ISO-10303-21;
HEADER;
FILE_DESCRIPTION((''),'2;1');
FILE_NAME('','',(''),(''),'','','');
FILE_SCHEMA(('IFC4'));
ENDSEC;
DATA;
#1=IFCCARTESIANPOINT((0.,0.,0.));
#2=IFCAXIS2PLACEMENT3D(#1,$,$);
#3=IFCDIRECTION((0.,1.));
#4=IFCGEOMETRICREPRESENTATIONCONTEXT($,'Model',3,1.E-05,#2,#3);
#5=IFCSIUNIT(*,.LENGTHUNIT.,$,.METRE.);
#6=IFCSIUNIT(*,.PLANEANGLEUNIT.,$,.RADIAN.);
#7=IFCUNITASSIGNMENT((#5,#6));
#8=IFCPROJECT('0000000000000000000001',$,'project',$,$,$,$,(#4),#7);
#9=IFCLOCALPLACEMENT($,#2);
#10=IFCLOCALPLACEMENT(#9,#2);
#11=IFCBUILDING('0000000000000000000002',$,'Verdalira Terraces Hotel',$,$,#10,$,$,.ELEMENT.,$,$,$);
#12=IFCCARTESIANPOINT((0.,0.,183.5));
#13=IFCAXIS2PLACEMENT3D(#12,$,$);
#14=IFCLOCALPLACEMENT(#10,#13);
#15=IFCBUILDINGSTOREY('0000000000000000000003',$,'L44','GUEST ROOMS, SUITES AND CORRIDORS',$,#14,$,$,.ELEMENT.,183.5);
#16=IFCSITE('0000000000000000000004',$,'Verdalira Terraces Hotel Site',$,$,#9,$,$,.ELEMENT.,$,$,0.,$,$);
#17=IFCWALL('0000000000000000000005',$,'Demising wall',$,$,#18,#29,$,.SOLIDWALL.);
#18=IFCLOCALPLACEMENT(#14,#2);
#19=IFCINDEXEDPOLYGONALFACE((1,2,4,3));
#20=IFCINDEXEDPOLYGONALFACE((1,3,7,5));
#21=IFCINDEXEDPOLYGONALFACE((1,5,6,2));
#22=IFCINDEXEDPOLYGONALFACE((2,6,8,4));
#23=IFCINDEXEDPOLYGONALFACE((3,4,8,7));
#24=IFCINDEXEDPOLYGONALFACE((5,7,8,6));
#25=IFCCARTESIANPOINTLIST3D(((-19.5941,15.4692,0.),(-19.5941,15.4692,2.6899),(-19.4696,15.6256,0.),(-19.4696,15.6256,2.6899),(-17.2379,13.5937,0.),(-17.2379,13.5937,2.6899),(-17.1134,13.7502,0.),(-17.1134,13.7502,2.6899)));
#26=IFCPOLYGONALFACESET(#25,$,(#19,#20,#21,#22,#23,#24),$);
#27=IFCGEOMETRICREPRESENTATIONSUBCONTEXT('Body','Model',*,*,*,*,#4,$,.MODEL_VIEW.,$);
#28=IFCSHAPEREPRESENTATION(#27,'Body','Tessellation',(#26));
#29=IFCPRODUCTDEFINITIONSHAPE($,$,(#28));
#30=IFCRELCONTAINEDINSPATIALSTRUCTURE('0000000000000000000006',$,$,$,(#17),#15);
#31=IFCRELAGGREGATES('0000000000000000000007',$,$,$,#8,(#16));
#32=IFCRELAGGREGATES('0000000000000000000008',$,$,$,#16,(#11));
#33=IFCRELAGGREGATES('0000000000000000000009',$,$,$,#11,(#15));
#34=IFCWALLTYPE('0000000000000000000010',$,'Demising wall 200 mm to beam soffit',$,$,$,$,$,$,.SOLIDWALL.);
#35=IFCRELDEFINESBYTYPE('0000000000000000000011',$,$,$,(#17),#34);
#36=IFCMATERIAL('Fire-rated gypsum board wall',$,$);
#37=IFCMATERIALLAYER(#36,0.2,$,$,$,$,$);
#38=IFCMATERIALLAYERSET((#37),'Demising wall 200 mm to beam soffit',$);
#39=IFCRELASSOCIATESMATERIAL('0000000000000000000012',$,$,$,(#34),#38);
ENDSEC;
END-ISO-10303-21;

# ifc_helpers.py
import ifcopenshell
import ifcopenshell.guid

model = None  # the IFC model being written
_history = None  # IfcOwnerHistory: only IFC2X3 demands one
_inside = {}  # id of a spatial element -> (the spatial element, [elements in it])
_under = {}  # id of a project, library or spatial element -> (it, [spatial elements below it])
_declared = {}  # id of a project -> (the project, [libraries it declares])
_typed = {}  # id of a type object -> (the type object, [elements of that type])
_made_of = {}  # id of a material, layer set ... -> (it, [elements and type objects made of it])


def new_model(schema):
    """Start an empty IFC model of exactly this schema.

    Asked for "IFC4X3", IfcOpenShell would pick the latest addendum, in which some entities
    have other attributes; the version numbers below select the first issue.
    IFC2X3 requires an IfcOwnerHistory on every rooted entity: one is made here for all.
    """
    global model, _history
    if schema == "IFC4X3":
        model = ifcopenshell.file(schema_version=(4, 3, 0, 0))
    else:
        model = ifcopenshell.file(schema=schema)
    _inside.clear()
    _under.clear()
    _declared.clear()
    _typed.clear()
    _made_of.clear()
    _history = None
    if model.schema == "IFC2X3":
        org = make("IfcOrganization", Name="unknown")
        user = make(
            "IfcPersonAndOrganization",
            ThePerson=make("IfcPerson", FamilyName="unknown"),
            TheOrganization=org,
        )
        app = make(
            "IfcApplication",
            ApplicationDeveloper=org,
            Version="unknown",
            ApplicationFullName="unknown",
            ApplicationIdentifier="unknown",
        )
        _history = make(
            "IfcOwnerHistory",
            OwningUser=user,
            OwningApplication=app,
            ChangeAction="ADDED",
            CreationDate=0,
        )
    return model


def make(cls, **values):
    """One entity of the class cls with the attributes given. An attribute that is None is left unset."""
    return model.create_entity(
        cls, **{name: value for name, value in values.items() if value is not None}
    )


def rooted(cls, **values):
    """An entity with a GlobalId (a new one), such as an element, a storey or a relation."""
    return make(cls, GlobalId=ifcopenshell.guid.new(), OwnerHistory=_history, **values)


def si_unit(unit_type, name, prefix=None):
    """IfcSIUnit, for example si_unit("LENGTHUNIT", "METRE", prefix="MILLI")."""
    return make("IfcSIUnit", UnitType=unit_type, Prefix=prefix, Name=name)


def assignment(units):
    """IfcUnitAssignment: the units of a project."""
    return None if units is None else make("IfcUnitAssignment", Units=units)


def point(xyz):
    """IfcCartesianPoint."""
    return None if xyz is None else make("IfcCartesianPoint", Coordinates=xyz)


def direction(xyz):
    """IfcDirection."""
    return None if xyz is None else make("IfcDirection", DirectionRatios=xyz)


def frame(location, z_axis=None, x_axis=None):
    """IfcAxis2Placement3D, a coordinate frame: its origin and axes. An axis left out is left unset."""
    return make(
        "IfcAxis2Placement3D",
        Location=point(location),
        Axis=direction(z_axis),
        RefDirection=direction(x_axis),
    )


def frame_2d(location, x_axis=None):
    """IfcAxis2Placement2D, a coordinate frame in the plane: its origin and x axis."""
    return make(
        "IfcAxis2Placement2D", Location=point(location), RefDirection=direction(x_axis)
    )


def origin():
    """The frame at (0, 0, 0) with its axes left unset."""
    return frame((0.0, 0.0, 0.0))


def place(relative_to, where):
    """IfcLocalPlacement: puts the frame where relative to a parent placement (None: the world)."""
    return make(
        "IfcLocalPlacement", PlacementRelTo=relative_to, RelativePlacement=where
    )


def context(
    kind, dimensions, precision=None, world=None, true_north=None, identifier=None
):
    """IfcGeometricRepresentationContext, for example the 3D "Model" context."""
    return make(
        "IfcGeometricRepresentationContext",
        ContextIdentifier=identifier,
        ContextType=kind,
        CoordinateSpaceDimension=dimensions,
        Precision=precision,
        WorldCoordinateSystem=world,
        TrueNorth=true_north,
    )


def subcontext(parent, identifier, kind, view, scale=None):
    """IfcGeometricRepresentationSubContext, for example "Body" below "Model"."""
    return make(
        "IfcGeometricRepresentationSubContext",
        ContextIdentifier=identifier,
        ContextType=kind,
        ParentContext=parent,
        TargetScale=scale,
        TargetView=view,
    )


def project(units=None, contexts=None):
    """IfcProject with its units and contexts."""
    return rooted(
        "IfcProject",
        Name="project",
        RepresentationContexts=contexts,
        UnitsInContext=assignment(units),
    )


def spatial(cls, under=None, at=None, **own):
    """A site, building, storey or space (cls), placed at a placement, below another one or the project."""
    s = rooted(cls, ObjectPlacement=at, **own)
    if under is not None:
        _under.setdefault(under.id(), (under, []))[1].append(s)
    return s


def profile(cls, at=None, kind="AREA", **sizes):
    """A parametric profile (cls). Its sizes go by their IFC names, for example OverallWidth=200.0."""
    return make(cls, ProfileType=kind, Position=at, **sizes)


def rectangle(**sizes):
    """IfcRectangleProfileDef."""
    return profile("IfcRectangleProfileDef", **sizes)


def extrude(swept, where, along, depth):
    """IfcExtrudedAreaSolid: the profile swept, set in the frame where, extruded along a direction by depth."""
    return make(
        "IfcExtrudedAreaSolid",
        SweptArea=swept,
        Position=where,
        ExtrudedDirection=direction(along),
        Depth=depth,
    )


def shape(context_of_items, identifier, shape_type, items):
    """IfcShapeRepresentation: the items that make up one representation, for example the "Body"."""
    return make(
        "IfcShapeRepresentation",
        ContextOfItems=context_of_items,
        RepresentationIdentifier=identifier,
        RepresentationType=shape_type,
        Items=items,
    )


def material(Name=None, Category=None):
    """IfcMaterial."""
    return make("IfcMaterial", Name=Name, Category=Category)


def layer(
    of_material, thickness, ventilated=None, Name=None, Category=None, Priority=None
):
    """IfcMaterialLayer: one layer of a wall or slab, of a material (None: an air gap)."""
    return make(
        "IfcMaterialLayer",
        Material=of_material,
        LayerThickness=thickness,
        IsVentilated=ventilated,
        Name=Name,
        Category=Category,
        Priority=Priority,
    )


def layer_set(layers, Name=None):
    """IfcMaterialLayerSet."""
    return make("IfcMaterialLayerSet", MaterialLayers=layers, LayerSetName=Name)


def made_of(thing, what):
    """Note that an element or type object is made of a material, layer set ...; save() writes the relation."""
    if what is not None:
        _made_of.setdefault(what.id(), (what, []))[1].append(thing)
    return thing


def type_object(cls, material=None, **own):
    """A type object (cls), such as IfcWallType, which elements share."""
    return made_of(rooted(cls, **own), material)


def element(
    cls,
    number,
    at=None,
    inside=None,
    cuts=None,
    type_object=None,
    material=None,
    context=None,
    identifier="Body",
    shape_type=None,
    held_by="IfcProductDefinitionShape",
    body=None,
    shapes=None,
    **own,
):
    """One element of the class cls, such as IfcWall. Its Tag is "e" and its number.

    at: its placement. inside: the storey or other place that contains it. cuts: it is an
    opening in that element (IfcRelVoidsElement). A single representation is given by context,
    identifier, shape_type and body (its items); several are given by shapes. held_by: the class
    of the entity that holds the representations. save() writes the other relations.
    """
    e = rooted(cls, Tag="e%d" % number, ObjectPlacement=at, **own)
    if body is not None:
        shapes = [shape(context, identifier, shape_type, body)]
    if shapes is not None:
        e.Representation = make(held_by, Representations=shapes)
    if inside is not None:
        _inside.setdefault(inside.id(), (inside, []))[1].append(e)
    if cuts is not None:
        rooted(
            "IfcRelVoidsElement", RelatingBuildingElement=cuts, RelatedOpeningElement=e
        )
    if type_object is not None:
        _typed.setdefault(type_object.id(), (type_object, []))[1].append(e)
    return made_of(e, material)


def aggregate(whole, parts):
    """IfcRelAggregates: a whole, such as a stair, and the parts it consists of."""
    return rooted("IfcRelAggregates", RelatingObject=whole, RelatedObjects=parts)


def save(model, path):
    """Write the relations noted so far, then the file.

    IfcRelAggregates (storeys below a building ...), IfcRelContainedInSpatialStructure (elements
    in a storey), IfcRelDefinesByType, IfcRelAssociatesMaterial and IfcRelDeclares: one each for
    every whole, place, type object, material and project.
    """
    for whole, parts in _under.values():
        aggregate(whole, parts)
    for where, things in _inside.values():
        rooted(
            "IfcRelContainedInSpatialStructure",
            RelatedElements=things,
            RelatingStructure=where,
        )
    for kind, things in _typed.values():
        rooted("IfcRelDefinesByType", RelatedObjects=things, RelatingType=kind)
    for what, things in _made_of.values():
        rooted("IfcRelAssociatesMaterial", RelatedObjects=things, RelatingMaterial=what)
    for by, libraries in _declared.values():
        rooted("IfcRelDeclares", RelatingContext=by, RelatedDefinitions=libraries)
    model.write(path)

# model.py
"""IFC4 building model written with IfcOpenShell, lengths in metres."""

from ifc_helpers import new_model, si_unit, direction, frame, frame_2d, origin, place, context, subcontext, project, spatial, rectangle, extrude, material, layer, layer_set, type_object, element, save


model = new_model("IFC4")

# Units and contexts
model_context = context("Model", 3, precision=1e-05, world=origin(), true_north=direction((0.0, 1.0)))
body_context = subcontext(model_context, "Body", "Model", "MODEL_VIEW")
ifc_project = project(units=[si_unit("LENGTHUNIT", "METRE"), si_unit("PLANEANGLEUNIT", "RADIAN")], contexts=[model_context])

# Site, building, storey
site_placement = place(None, origin())
site = spatial("IfcSite", under=ifc_project, at=site_placement, Name="Verdalira Terraces Hotel Site", CompositionType="ELEMENT", RefElevation=0.0)
building_placement = place(site_placement, origin())
building = spatial("IfcBuilding", under=site, at=building_placement, Name="Verdalira Terraces Hotel", CompositionType="ELEMENT")
storey_placement = place(building_placement, frame((0.0, 0.0, 183.5)))
storey = spatial("IfcBuildingStorey", under=building, at=storey_placement, Name="L44", Description="GUEST ROOMS, SUITES AND CORRIDORS", CompositionType="ELEMENT", Elevation=183.5)

# Wall
ifc_material_1 = material(Name="Fire-rated gypsum board wall")
ifc_layer_1 = layer(ifc_material_1, 0.2)
ifc_layer_set_1 = layer_set([ifc_layer_1], Name="Demising wall 200 mm to beam soffit")
wall_type_1 = type_object("IfcWallType", Name="Demising wall 200 mm to beam soffit", PredefinedType="SOLIDWALL", material=ifc_layer_set_1)
wall_1_placement = place(storey_placement, frame((-17.1755, 13.6719, 0.0), z_axis=(0.0, 0.0, 1.0), x_axis=(-0.782401, 0.622775, 0.0)))
element("IfcWall", 1, at=wall_1_placement, inside=storey, type_object=wall_type_1, Name="Demising wall", PredefinedType="SOLIDWALL", context=body_context, shape_type="SweptSolid", body=[
    extrude(rectangle(XDim=3.0115, YDim=0.2, at=frame_2d((1.5059, 0.0))), origin(), (0.0, 0.0, 1.0), 2.6899),
])

save(model, "model.ifc")
